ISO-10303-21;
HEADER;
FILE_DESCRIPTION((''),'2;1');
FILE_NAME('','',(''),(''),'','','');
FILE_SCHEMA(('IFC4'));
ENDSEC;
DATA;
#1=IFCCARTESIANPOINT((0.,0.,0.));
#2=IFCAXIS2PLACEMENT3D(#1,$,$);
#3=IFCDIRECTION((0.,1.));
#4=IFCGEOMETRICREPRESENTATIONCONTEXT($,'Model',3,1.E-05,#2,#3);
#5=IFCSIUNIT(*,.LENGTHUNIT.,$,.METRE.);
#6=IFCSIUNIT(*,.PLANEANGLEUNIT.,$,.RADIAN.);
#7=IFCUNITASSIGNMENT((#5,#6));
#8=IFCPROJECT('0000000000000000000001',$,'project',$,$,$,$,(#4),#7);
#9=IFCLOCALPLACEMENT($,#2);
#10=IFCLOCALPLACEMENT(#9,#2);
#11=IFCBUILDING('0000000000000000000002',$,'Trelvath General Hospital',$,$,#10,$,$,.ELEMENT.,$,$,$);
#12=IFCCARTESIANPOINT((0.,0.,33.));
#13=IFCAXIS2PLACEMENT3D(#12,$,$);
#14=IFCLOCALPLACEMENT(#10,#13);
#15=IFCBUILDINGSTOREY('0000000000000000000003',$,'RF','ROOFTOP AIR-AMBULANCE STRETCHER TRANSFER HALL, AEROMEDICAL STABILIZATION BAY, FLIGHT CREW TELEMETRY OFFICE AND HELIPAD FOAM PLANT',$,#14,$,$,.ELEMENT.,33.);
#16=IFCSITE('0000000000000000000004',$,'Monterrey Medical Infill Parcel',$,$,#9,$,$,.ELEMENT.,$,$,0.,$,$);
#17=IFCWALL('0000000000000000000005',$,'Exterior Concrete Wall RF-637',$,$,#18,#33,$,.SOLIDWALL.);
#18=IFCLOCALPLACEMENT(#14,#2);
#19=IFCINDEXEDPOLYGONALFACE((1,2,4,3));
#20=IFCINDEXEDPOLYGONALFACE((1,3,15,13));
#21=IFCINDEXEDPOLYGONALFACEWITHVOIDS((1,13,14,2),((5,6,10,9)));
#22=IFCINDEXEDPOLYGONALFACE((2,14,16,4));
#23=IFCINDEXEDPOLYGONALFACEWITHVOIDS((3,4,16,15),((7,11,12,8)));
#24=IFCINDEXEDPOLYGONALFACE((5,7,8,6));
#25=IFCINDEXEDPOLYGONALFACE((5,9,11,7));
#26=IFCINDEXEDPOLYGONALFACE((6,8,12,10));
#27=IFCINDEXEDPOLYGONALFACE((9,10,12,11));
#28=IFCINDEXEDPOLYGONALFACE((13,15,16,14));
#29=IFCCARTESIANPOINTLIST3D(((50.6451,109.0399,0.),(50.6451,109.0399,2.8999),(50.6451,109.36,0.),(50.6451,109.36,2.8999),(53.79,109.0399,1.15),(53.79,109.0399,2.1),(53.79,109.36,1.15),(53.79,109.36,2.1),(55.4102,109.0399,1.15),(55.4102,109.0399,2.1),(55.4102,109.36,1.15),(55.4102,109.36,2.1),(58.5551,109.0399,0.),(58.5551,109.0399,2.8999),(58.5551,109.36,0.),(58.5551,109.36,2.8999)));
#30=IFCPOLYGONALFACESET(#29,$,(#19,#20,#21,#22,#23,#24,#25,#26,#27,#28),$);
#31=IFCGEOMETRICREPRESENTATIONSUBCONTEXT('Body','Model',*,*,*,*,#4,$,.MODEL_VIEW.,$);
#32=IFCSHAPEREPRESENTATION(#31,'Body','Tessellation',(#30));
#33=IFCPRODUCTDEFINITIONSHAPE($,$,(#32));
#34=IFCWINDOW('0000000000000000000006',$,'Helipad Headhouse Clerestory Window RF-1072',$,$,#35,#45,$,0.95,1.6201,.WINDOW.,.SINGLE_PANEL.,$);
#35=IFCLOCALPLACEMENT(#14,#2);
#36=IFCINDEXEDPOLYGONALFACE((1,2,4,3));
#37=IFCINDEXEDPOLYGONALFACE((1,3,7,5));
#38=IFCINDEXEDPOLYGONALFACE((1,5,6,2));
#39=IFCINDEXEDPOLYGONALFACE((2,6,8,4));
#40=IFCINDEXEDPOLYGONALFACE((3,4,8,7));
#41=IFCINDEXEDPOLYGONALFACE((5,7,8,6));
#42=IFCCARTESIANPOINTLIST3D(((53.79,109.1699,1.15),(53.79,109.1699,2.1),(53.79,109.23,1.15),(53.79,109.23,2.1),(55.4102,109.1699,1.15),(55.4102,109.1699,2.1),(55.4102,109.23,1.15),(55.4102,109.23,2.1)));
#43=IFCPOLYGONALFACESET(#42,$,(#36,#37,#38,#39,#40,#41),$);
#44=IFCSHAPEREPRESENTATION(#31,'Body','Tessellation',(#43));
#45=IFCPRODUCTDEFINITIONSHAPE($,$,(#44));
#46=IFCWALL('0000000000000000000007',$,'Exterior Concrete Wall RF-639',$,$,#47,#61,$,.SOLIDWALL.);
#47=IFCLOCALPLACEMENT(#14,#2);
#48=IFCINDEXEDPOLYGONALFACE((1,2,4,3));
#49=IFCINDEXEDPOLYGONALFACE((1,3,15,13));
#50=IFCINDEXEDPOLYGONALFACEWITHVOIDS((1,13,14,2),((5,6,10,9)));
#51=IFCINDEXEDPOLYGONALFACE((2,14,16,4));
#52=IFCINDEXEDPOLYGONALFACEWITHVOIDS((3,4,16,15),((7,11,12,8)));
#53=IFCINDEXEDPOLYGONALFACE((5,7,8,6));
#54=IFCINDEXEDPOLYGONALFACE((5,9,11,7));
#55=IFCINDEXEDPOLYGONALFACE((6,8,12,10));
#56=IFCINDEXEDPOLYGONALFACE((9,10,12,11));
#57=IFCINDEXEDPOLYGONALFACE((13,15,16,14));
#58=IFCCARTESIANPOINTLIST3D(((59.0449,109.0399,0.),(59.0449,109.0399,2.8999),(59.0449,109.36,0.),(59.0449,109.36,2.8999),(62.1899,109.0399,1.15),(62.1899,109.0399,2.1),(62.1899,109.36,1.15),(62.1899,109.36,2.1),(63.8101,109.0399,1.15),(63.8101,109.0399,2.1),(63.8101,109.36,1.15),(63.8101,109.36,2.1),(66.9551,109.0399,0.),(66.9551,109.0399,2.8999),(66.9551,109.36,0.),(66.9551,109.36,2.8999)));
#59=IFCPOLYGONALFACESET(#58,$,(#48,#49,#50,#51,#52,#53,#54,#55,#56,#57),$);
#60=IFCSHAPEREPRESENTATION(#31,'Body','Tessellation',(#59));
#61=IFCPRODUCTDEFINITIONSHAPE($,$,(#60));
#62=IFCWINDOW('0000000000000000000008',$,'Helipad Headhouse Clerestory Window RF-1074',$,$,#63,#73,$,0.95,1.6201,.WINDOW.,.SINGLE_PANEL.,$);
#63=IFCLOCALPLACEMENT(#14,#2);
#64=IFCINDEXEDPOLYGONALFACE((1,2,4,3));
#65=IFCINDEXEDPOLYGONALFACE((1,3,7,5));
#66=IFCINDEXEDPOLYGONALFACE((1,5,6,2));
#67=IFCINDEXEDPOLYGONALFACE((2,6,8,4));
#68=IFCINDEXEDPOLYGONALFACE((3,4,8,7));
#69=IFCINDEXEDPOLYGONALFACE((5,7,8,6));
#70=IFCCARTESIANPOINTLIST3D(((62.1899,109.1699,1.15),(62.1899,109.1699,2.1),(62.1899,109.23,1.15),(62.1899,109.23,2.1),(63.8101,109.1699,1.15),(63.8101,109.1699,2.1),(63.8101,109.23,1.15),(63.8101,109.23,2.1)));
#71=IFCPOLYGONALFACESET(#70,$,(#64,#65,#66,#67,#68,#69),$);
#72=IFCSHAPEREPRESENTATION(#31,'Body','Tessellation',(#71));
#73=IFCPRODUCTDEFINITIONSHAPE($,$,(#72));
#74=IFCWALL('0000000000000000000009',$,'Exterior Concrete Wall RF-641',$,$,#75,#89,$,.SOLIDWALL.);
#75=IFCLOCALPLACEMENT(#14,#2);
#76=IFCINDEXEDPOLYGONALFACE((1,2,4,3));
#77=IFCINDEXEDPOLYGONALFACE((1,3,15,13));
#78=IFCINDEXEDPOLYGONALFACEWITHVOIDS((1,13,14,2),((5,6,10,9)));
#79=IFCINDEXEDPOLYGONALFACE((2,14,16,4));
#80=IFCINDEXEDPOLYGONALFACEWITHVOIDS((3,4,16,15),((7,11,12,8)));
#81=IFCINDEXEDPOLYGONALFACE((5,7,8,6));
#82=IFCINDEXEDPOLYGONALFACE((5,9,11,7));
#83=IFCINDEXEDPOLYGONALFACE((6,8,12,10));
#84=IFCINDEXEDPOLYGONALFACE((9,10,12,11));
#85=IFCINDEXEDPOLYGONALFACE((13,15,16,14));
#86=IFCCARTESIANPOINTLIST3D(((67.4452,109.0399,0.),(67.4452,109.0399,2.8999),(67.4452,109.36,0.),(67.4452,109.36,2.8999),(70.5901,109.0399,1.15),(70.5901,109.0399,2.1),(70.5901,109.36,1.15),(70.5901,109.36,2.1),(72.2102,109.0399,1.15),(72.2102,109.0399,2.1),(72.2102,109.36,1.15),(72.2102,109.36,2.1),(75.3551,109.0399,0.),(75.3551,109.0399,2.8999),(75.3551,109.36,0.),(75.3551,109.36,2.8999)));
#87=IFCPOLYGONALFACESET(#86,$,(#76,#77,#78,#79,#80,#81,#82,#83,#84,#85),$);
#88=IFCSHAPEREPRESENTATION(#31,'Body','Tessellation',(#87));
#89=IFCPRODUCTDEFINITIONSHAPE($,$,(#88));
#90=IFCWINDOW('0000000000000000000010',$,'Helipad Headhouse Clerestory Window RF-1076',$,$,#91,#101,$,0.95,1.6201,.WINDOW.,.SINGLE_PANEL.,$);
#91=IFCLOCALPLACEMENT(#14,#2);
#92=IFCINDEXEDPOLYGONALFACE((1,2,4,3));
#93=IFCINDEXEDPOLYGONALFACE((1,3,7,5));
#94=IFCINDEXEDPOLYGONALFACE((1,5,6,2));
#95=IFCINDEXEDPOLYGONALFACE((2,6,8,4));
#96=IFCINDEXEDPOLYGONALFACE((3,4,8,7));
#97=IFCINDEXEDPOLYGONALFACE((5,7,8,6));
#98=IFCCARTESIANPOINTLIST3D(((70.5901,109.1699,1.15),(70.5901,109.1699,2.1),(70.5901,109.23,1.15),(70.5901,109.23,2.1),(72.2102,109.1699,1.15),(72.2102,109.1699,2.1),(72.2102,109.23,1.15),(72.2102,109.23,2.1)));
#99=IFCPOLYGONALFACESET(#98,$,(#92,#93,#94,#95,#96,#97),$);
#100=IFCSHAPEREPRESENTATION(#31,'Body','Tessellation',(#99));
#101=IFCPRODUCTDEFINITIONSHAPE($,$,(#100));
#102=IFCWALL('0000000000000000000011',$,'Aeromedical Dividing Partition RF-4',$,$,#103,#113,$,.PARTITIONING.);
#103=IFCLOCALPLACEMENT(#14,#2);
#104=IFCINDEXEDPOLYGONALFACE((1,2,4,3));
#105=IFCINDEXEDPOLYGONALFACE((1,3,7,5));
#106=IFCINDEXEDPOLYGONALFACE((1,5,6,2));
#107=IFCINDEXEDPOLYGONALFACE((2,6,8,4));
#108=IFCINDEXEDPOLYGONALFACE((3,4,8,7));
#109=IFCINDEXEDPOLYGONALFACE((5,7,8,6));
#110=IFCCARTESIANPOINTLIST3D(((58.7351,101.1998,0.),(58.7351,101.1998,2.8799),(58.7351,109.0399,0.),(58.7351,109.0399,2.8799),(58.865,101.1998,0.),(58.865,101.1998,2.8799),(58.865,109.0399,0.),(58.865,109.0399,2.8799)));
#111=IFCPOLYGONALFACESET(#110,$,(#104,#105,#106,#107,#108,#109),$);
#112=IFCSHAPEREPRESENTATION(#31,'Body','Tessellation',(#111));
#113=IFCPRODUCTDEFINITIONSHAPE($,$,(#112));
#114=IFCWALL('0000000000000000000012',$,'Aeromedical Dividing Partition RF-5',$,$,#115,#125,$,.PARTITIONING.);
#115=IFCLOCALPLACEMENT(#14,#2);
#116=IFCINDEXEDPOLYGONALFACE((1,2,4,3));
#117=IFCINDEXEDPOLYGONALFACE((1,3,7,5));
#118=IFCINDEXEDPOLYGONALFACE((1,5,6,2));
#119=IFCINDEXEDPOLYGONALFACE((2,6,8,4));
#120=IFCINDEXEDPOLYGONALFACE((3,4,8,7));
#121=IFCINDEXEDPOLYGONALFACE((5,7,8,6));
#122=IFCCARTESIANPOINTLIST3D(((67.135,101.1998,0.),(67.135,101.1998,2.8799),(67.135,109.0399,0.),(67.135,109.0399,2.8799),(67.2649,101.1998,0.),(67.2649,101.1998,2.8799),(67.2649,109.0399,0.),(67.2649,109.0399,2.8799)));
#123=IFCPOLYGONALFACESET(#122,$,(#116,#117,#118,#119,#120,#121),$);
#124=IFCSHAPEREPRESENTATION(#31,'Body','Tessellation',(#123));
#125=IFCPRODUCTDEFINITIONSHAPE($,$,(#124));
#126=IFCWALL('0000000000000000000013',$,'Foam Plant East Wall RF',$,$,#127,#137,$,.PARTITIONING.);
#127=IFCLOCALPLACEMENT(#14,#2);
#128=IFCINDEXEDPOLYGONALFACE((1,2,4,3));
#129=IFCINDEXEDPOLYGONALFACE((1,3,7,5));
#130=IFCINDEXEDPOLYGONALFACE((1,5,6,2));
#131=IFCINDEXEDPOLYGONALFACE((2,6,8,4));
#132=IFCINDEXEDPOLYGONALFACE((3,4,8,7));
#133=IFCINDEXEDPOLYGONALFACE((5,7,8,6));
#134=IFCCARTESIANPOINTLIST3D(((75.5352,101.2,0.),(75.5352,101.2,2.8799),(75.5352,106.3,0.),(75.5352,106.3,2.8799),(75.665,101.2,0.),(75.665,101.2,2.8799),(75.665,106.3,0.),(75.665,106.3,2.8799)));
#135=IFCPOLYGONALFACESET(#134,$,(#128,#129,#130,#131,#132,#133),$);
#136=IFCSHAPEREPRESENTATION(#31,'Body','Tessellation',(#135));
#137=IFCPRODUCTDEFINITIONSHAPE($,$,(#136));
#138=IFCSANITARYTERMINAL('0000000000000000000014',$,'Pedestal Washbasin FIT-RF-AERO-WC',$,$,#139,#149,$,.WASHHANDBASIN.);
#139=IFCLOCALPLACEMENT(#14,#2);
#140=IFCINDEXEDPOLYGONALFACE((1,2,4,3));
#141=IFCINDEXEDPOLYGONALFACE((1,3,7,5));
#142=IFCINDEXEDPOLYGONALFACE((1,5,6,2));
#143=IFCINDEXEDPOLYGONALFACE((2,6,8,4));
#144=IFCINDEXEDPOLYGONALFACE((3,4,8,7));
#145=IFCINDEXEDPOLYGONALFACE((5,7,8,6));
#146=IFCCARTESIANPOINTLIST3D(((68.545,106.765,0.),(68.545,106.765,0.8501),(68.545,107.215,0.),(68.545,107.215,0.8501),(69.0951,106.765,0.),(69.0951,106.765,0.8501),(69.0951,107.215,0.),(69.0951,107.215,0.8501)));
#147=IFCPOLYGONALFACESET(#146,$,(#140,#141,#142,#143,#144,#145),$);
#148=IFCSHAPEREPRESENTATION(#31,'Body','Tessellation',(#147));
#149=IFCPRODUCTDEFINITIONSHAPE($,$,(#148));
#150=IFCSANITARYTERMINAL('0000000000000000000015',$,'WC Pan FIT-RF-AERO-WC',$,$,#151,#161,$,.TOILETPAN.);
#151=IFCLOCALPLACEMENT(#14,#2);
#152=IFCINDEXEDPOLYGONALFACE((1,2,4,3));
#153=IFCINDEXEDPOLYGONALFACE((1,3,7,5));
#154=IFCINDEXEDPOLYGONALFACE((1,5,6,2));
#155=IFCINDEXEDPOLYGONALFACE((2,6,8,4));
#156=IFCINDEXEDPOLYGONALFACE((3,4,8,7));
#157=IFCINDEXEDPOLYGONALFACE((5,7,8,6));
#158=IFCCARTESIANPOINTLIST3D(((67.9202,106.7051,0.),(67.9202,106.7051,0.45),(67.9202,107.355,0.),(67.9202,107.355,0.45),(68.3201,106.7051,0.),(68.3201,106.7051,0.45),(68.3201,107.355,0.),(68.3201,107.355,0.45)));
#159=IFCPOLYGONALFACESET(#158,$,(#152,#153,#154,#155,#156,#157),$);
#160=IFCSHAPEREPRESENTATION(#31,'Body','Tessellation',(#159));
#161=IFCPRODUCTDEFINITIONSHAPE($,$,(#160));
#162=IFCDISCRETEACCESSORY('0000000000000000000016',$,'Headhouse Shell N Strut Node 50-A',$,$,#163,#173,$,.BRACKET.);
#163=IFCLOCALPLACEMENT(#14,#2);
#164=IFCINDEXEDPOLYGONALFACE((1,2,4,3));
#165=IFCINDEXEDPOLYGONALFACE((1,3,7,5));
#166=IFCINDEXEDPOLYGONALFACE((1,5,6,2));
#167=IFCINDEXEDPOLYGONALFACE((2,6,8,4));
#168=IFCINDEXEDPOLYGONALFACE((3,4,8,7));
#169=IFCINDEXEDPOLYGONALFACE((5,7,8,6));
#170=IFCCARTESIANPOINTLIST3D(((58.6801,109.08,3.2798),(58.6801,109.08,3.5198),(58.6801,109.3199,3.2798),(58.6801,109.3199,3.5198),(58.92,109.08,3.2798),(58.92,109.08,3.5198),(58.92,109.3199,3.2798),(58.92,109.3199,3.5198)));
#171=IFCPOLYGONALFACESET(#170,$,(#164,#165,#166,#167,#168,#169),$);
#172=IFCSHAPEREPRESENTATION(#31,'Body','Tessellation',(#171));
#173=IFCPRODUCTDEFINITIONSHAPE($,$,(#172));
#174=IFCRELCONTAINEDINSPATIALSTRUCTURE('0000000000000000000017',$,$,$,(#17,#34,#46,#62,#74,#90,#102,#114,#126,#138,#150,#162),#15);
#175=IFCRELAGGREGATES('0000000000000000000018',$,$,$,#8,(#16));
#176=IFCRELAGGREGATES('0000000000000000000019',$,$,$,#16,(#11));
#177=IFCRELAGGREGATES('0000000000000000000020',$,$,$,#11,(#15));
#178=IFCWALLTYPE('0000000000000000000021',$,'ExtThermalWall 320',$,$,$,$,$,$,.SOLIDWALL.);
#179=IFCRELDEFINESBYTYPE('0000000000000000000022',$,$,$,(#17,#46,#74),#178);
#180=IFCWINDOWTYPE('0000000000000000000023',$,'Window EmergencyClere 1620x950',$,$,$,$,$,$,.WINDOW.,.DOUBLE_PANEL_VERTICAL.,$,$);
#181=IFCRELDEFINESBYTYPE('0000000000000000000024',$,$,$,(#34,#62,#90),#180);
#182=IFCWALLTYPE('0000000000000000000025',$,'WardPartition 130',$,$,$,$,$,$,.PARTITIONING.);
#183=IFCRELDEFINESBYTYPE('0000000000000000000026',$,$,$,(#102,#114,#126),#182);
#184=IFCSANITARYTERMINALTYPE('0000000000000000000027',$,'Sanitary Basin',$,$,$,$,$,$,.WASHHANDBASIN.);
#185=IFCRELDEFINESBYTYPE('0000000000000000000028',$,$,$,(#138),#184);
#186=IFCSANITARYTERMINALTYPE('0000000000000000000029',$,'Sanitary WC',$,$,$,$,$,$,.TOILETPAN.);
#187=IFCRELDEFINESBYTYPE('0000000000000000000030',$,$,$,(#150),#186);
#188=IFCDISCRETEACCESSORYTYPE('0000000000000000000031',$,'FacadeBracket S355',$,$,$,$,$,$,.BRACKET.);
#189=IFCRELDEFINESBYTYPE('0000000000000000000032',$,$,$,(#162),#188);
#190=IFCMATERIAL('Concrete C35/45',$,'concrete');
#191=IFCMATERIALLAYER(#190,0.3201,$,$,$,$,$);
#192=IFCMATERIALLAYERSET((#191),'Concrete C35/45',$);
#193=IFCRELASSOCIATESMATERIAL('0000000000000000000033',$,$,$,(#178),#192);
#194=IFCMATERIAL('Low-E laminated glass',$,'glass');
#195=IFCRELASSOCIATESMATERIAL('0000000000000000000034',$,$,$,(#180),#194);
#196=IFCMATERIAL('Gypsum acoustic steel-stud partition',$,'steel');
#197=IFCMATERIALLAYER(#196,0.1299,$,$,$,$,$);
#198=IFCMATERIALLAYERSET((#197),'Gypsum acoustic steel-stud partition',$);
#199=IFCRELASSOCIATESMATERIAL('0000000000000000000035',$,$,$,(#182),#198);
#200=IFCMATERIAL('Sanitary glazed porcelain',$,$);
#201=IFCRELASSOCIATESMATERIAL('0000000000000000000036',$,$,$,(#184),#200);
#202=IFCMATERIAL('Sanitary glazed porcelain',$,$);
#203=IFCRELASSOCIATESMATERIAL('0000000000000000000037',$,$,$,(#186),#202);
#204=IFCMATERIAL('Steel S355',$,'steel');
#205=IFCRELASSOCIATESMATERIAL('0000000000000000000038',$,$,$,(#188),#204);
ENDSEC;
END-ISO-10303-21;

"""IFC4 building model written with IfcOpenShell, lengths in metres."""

from ifc_helpers import new_model, si_unit, direction, frame, frame_2d, origin, origin_2d, place, context, subcontext, project, spatial, rectangle, extrude, material, layer, layer_set, type_object, element, fill, save


model = new_model("IFC4")

# Units and contexts
model_context = context("Model", 3, precision=1e-05, world=origin(), true_north=direction((0.0, 1.0)))
body_context = subcontext(model_context, "Body", "Model", "MODEL_VIEW")
ifc_project = project(units=[si_unit("LENGTHUNIT", "METRE"), si_unit("PLANEANGLEUNIT", "RADIAN")], contexts=[model_context])

# Site, building, storey
site_placement = place(None, origin())
site = spatial("IfcSite", under=ifc_project, at=site_placement, Name="Monterrey Medical Infill Parcel", CompositionType="ELEMENT", RefElevation=0.0)
building_placement = place(site_placement, origin())
building = spatial("IfcBuilding", under=site, at=building_placement, Name="Trelvath General Hospital", CompositionType="ELEMENT")
storey_placement = place(building_placement, frame((0.0, 0.0, 33.0)))
storey = spatial("IfcBuildingStorey", under=building, at=storey_placement, Name="RF", Description="ROOFTOP AIR-AMBULANCE STRETCHER TRANSFER HALL, AEROMEDICAL STABILIZATION BAY, FLIGHT CREW TELEMETRY OFFICE AND HELIPAD FOAM PLANT", CompositionType="ELEMENT", Elevation=33.0)

# Walls, openings, windows
ifc_material_1 = material(Name="Concrete C35/45", Category="concrete")
ifc_layer_1 = layer(ifc_material_1, 0.3201)
ifc_layer_set_1 = layer_set([ifc_layer_1], Name="Concrete C35/45")
wall_type_1 = type_object("IfcWallType", Name="ExtThermalWall 320", PredefinedType="SOLIDWALL", material=ifc_layer_set_1)
wall_1_placement = place(storey_placement, frame((50.645, 109.2, 0.0), z_axis=(0.0, 0.0, 1.0), x_axis=(1.0, 0.0, 0.0)))
wall_1 = element("IfcWall", 1, at=wall_1_placement, inside=storey, type_object=wall_type_1, Name="Exterior Concrete Wall RF-637", PredefinedType="SOLIDWALL", context=body_context, shape_type="SweptSolid", body=[
    extrude(rectangle(XDim=7.9099, YDim=0.3201, at=frame_2d((3.9551, 0.0))), origin(), (0.0, 0.0, 1.0), 2.8999),
])
opening_1_placement = place(wall_1_placement, frame((3.145, 0.0, 1.1499)))
opening_1 = element("IfcOpeningElement", 2, at=opening_1_placement, cuts=wall_1, PredefinedType="OPENING", context=body_context, shape_type="SweptSolid", body=[
    extrude(rectangle(XDim=1.6201, YDim=0.95, at=frame_2d((0.8101, 0.4751))), frame((0.0, 0.1699, 0.0), z_axis=(0.0, -1.0, 0.0), x_axis=(1.0, 0.0, 0.0)), (0.0, 0.0, 1.0), 0.3401),
])
ifc_material_2 = material(Name="Low-E laminated glass", Category="glass")
window_type = type_object("IfcWindowType", Name="Window EmergencyClere 1620x950", PartitioningType="DOUBLE_PANEL_VERTICAL", PredefinedType="WINDOW", material=ifc_material_2)
window_1_placement = place(opening_1_placement, origin())
window_1 = element("IfcWindow", 3, at=window_1_placement, inside=storey, type_object=window_type, Name="Helipad Headhouse Clerestory Window RF-1072", OverallHeight=0.95, OverallWidth=1.6201, PartitioningType="SINGLE_PANEL", PredefinedType="WINDOW", context=body_context, shape_type="SweptSolid", body=[
    extrude(rectangle(XDim=1.6201, YDim=0.95, at=frame_2d((0.8101, 0.4751))), frame((0.0, 0.03, 0.0), z_axis=(0.0, -1.0, 0.0), x_axis=(1.0, 0.0, 0.0)), (0.0, 0.0, 1.0), 0.0601),
])
fill(opening_1, window_1)
wall_2_placement = place(storey_placement, frame((59.0449, 109.2, 0.0), z_axis=(0.0, 0.0, 1.0), x_axis=(1.0, 0.0, 0.0)))
wall_2 = element("IfcWall", 4, at=wall_2_placement, inside=storey, type_object=wall_type_1, Name="Exterior Concrete Wall RF-639", PredefinedType="SOLIDWALL", context=body_context, shape_type="SweptSolid", body=[
    extrude(rectangle(XDim=7.9102, YDim=0.3201, at=frame_2d((3.9551, 0.0))), origin(), (0.0, 0.0, 1.0), 2.8999),
])
opening_2_placement = place(wall_2_placement, frame((3.145, 0.0, 1.1499)))
opening_2 = element("IfcOpeningElement", 5, at=opening_2_placement, cuts=wall_2, PredefinedType="OPENING", context=body_context, shape_type="SweptSolid", body=[
    extrude(rectangle(XDim=1.6201, YDim=0.95, at=frame_2d((0.8101, 0.4751))), frame((0.0, 0.1699, 0.0), z_axis=(0.0, -1.0, 0.0), x_axis=(1.0, 0.0, 0.0)), (0.0, 0.0, 1.0), 0.3401),
])
window_2_placement = place(opening_2_placement, origin())
window_2 = element("IfcWindow", 6, at=window_2_placement, inside=storey, type_object=window_type, Name="Helipad Headhouse Clerestory Window RF-1074", OverallHeight=0.95, OverallWidth=1.6201, PartitioningType="SINGLE_PANEL", PredefinedType="WINDOW", context=body_context, shape_type="SweptSolid", body=[
    extrude(rectangle(XDim=1.6201, YDim=0.95, at=frame_2d((0.8101, 0.4751))), frame((0.0, 0.03, 0.0), z_axis=(0.0, -1.0, 0.0), x_axis=(1.0, 0.0, 0.0)), (0.0, 0.0, 1.0), 0.0601),
])
fill(opening_2, window_2)
wall_3_placement = place(storey_placement, frame((67.4451, 109.2, 0.0), z_axis=(0.0, 0.0, 1.0), x_axis=(1.0, 0.0, 0.0)))
wall_3 = element("IfcWall", 7, at=wall_3_placement, inside=storey, type_object=wall_type_1, Name="Exterior Concrete Wall RF-641", PredefinedType="SOLIDWALL", context=body_context, shape_type="SweptSolid", body=[
    extrude(rectangle(XDim=7.9099, YDim=0.3201, at=frame_2d((3.9551, 0.0))), origin(), (0.0, 0.0, 1.0), 2.8999),
])
opening_3_placement = place(wall_3_placement, frame((3.145, 0.0, 1.1499)))
opening_3 = element("IfcOpeningElement", 8, at=opening_3_placement, cuts=wall_3, PredefinedType="OPENING", context=body_context, shape_type="SweptSolid", body=[
    extrude(rectangle(XDim=1.6201, YDim=0.95, at=frame_2d((0.8101, 0.4751))), frame((0.0, 0.1699, 0.0), z_axis=(0.0, -1.0, 0.0), x_axis=(1.0, 0.0, 0.0)), (0.0, 0.0, 1.0), 0.3401),
])
window_3_placement = place(opening_3_placement, origin())
window_3 = element("IfcWindow", 9, at=window_3_placement, inside=storey, type_object=window_type, Name="Helipad Headhouse Clerestory Window RF-1076", OverallHeight=0.95, OverallWidth=1.6201, PartitioningType="SINGLE_PANEL", PredefinedType="WINDOW", context=body_context, shape_type="SweptSolid", body=[
    extrude(rectangle(XDim=1.6201, YDim=0.95, at=frame_2d((0.8101, 0.4751))), frame((0.0, 0.03, 0.0), z_axis=(0.0, -1.0, 0.0), x_axis=(1.0, 0.0, 0.0)), (0.0, 0.0, 1.0), 0.0601),
])
fill(opening_3, window_3)

# Walls
ifc_material_3 = material(Name="Gypsum acoustic steel-stud partition", Category="steel")
ifc_layer_2 = layer(ifc_material_3, 0.1299)
ifc_layer_set_2 = layer_set([ifc_layer_2], Name="Gypsum acoustic steel-stud partition")
wall_type_2 = type_object("IfcWallType", Name="WardPartition 130", PredefinedType="PARTITIONING", material=ifc_layer_set_2)
for number, where, z_axis, x_axis, name in (
    (10, (58.8, 101.2, 0.0), (0.0, 0.0, 1.0), (0.0, 1.0, 0.0), "Aeromedical Dividing Partition RF-4"),
    (11, (67.2, 101.2, 0.0), (0.0, 0.0, 1.0), (0.0, 1.0, 0.0), "Aeromedical Dividing Partition RF-5"),
):
    element("IfcWall", number, at=place(storey_placement, frame(where, z_axis=z_axis, x_axis=x_axis)), inside=storey, type_object=wall_type_2, Name=name, PredefinedType="PARTITIONING", context=body_context, shape_type="SweptSolid", body=[
        extrude(rectangle(XDim=7.8401, YDim=0.1299, at=frame_2d((3.9199, 0.0))), origin(), (0.0, 0.0, 1.0), 2.8799),
    ])
wall_4_placement = place(storey_placement, frame((75.6001, 101.2, 0.0), z_axis=(0.0, 0.0, 1.0), x_axis=(0.0, 1.0, 0.0)))
element("IfcWall", 12, at=wall_4_placement, inside=storey, type_object=wall_type_2, Name="Foam Plant East Wall RF", PredefinedType="PARTITIONING", context=body_context, shape_type="SweptSolid", body=[
    extrude(rectangle(XDim=5.1001, YDim=0.1299, at=frame_2d((2.55, 0.0))), origin(), (0.0, 0.0, 1.0), 2.8799),
])

# Sanitary terminals
ifc_material_4 = material(Name="Sanitary glazed porcelain")
sanitary_terminal_type_1 = type_object("IfcSanitaryTerminalType", Name="Sanitary Basin", PredefinedType="WASHHANDBASIN", material=ifc_material_4)
sanitary_terminal_1_placement = place(storey_placement, frame((68.8201, 106.99, 0.0), z_axis=(0.0, 0.0, 1.0), x_axis=(1.0, 0.0, 0.0)))
element("IfcSanitaryTerminal", 13, at=sanitary_terminal_1_placement, inside=storey, type_object=sanitary_terminal_type_1, Name="Pedestal Washbasin FIT-RF-AERO-WC", PredefinedType="WASHHANDBASIN", context=body_context, shape_type="SweptSolid", body=[
    extrude(rectangle(XDim=0.55, YDim=0.45, at=origin_2d()), origin(), (0.0, 0.0, 1.0), 0.8501),
])
ifc_material_5 = material(Name="Sanitary glazed porcelain")
sanitary_terminal_type_2 = type_object("IfcSanitaryTerminalType", Name="Sanitary WC", PredefinedType="TOILETPAN", material=ifc_material_5)
sanitary_terminal_2_placement = place(storey_placement, frame((68.1201, 107.03, 0.0), z_axis=(0.0, 0.0, 1.0), x_axis=(1.0, 0.0, 0.0)))
element("IfcSanitaryTerminal", 14, at=sanitary_terminal_2_placement, inside=storey, type_object=sanitary_terminal_type_2, Name="WC Pan FIT-RF-AERO-WC", PredefinedType="TOILETPAN", context=body_context, shape_type="SweptSolid", body=[
    extrude(rectangle(XDim=0.3999, YDim=0.6499, at=origin_2d()), origin(), (0.0, 0.0, 1.0), 0.45),
])

# Discrete accessory
ifc_material_6 = material(Name="Steel S355", Category="steel")
discrete_accessory_type = type_object("IfcDiscreteAccessoryType", Name="FacadeBracket S355", PredefinedType="BRACKET", material=ifc_material_6)
for number, where, z_axis, x_axis, name in (
    (15, (58.8, 109.2, 3.2798), (0.0, 0.0, 1.0), (1.0, 0.0, 0.0), "Headhouse Shell N Strut Node 50-A"),
):
    element("IfcDiscreteAccessory", number, at=place(storey_placement, frame(where, z_axis=z_axis, x_axis=x_axis)), inside=storey, type_object=discrete_accessory_type, Name=name, PredefinedType="BRACKET", context=body_context, shape_type="SweptSolid", body=[
        extrude(rectangle(XDim=0.24, YDim=0.24, at=origin_2d()), origin(), (0.0, 0.0, 1.0), 0.24),
    ])

save(model, "model.ifc")
